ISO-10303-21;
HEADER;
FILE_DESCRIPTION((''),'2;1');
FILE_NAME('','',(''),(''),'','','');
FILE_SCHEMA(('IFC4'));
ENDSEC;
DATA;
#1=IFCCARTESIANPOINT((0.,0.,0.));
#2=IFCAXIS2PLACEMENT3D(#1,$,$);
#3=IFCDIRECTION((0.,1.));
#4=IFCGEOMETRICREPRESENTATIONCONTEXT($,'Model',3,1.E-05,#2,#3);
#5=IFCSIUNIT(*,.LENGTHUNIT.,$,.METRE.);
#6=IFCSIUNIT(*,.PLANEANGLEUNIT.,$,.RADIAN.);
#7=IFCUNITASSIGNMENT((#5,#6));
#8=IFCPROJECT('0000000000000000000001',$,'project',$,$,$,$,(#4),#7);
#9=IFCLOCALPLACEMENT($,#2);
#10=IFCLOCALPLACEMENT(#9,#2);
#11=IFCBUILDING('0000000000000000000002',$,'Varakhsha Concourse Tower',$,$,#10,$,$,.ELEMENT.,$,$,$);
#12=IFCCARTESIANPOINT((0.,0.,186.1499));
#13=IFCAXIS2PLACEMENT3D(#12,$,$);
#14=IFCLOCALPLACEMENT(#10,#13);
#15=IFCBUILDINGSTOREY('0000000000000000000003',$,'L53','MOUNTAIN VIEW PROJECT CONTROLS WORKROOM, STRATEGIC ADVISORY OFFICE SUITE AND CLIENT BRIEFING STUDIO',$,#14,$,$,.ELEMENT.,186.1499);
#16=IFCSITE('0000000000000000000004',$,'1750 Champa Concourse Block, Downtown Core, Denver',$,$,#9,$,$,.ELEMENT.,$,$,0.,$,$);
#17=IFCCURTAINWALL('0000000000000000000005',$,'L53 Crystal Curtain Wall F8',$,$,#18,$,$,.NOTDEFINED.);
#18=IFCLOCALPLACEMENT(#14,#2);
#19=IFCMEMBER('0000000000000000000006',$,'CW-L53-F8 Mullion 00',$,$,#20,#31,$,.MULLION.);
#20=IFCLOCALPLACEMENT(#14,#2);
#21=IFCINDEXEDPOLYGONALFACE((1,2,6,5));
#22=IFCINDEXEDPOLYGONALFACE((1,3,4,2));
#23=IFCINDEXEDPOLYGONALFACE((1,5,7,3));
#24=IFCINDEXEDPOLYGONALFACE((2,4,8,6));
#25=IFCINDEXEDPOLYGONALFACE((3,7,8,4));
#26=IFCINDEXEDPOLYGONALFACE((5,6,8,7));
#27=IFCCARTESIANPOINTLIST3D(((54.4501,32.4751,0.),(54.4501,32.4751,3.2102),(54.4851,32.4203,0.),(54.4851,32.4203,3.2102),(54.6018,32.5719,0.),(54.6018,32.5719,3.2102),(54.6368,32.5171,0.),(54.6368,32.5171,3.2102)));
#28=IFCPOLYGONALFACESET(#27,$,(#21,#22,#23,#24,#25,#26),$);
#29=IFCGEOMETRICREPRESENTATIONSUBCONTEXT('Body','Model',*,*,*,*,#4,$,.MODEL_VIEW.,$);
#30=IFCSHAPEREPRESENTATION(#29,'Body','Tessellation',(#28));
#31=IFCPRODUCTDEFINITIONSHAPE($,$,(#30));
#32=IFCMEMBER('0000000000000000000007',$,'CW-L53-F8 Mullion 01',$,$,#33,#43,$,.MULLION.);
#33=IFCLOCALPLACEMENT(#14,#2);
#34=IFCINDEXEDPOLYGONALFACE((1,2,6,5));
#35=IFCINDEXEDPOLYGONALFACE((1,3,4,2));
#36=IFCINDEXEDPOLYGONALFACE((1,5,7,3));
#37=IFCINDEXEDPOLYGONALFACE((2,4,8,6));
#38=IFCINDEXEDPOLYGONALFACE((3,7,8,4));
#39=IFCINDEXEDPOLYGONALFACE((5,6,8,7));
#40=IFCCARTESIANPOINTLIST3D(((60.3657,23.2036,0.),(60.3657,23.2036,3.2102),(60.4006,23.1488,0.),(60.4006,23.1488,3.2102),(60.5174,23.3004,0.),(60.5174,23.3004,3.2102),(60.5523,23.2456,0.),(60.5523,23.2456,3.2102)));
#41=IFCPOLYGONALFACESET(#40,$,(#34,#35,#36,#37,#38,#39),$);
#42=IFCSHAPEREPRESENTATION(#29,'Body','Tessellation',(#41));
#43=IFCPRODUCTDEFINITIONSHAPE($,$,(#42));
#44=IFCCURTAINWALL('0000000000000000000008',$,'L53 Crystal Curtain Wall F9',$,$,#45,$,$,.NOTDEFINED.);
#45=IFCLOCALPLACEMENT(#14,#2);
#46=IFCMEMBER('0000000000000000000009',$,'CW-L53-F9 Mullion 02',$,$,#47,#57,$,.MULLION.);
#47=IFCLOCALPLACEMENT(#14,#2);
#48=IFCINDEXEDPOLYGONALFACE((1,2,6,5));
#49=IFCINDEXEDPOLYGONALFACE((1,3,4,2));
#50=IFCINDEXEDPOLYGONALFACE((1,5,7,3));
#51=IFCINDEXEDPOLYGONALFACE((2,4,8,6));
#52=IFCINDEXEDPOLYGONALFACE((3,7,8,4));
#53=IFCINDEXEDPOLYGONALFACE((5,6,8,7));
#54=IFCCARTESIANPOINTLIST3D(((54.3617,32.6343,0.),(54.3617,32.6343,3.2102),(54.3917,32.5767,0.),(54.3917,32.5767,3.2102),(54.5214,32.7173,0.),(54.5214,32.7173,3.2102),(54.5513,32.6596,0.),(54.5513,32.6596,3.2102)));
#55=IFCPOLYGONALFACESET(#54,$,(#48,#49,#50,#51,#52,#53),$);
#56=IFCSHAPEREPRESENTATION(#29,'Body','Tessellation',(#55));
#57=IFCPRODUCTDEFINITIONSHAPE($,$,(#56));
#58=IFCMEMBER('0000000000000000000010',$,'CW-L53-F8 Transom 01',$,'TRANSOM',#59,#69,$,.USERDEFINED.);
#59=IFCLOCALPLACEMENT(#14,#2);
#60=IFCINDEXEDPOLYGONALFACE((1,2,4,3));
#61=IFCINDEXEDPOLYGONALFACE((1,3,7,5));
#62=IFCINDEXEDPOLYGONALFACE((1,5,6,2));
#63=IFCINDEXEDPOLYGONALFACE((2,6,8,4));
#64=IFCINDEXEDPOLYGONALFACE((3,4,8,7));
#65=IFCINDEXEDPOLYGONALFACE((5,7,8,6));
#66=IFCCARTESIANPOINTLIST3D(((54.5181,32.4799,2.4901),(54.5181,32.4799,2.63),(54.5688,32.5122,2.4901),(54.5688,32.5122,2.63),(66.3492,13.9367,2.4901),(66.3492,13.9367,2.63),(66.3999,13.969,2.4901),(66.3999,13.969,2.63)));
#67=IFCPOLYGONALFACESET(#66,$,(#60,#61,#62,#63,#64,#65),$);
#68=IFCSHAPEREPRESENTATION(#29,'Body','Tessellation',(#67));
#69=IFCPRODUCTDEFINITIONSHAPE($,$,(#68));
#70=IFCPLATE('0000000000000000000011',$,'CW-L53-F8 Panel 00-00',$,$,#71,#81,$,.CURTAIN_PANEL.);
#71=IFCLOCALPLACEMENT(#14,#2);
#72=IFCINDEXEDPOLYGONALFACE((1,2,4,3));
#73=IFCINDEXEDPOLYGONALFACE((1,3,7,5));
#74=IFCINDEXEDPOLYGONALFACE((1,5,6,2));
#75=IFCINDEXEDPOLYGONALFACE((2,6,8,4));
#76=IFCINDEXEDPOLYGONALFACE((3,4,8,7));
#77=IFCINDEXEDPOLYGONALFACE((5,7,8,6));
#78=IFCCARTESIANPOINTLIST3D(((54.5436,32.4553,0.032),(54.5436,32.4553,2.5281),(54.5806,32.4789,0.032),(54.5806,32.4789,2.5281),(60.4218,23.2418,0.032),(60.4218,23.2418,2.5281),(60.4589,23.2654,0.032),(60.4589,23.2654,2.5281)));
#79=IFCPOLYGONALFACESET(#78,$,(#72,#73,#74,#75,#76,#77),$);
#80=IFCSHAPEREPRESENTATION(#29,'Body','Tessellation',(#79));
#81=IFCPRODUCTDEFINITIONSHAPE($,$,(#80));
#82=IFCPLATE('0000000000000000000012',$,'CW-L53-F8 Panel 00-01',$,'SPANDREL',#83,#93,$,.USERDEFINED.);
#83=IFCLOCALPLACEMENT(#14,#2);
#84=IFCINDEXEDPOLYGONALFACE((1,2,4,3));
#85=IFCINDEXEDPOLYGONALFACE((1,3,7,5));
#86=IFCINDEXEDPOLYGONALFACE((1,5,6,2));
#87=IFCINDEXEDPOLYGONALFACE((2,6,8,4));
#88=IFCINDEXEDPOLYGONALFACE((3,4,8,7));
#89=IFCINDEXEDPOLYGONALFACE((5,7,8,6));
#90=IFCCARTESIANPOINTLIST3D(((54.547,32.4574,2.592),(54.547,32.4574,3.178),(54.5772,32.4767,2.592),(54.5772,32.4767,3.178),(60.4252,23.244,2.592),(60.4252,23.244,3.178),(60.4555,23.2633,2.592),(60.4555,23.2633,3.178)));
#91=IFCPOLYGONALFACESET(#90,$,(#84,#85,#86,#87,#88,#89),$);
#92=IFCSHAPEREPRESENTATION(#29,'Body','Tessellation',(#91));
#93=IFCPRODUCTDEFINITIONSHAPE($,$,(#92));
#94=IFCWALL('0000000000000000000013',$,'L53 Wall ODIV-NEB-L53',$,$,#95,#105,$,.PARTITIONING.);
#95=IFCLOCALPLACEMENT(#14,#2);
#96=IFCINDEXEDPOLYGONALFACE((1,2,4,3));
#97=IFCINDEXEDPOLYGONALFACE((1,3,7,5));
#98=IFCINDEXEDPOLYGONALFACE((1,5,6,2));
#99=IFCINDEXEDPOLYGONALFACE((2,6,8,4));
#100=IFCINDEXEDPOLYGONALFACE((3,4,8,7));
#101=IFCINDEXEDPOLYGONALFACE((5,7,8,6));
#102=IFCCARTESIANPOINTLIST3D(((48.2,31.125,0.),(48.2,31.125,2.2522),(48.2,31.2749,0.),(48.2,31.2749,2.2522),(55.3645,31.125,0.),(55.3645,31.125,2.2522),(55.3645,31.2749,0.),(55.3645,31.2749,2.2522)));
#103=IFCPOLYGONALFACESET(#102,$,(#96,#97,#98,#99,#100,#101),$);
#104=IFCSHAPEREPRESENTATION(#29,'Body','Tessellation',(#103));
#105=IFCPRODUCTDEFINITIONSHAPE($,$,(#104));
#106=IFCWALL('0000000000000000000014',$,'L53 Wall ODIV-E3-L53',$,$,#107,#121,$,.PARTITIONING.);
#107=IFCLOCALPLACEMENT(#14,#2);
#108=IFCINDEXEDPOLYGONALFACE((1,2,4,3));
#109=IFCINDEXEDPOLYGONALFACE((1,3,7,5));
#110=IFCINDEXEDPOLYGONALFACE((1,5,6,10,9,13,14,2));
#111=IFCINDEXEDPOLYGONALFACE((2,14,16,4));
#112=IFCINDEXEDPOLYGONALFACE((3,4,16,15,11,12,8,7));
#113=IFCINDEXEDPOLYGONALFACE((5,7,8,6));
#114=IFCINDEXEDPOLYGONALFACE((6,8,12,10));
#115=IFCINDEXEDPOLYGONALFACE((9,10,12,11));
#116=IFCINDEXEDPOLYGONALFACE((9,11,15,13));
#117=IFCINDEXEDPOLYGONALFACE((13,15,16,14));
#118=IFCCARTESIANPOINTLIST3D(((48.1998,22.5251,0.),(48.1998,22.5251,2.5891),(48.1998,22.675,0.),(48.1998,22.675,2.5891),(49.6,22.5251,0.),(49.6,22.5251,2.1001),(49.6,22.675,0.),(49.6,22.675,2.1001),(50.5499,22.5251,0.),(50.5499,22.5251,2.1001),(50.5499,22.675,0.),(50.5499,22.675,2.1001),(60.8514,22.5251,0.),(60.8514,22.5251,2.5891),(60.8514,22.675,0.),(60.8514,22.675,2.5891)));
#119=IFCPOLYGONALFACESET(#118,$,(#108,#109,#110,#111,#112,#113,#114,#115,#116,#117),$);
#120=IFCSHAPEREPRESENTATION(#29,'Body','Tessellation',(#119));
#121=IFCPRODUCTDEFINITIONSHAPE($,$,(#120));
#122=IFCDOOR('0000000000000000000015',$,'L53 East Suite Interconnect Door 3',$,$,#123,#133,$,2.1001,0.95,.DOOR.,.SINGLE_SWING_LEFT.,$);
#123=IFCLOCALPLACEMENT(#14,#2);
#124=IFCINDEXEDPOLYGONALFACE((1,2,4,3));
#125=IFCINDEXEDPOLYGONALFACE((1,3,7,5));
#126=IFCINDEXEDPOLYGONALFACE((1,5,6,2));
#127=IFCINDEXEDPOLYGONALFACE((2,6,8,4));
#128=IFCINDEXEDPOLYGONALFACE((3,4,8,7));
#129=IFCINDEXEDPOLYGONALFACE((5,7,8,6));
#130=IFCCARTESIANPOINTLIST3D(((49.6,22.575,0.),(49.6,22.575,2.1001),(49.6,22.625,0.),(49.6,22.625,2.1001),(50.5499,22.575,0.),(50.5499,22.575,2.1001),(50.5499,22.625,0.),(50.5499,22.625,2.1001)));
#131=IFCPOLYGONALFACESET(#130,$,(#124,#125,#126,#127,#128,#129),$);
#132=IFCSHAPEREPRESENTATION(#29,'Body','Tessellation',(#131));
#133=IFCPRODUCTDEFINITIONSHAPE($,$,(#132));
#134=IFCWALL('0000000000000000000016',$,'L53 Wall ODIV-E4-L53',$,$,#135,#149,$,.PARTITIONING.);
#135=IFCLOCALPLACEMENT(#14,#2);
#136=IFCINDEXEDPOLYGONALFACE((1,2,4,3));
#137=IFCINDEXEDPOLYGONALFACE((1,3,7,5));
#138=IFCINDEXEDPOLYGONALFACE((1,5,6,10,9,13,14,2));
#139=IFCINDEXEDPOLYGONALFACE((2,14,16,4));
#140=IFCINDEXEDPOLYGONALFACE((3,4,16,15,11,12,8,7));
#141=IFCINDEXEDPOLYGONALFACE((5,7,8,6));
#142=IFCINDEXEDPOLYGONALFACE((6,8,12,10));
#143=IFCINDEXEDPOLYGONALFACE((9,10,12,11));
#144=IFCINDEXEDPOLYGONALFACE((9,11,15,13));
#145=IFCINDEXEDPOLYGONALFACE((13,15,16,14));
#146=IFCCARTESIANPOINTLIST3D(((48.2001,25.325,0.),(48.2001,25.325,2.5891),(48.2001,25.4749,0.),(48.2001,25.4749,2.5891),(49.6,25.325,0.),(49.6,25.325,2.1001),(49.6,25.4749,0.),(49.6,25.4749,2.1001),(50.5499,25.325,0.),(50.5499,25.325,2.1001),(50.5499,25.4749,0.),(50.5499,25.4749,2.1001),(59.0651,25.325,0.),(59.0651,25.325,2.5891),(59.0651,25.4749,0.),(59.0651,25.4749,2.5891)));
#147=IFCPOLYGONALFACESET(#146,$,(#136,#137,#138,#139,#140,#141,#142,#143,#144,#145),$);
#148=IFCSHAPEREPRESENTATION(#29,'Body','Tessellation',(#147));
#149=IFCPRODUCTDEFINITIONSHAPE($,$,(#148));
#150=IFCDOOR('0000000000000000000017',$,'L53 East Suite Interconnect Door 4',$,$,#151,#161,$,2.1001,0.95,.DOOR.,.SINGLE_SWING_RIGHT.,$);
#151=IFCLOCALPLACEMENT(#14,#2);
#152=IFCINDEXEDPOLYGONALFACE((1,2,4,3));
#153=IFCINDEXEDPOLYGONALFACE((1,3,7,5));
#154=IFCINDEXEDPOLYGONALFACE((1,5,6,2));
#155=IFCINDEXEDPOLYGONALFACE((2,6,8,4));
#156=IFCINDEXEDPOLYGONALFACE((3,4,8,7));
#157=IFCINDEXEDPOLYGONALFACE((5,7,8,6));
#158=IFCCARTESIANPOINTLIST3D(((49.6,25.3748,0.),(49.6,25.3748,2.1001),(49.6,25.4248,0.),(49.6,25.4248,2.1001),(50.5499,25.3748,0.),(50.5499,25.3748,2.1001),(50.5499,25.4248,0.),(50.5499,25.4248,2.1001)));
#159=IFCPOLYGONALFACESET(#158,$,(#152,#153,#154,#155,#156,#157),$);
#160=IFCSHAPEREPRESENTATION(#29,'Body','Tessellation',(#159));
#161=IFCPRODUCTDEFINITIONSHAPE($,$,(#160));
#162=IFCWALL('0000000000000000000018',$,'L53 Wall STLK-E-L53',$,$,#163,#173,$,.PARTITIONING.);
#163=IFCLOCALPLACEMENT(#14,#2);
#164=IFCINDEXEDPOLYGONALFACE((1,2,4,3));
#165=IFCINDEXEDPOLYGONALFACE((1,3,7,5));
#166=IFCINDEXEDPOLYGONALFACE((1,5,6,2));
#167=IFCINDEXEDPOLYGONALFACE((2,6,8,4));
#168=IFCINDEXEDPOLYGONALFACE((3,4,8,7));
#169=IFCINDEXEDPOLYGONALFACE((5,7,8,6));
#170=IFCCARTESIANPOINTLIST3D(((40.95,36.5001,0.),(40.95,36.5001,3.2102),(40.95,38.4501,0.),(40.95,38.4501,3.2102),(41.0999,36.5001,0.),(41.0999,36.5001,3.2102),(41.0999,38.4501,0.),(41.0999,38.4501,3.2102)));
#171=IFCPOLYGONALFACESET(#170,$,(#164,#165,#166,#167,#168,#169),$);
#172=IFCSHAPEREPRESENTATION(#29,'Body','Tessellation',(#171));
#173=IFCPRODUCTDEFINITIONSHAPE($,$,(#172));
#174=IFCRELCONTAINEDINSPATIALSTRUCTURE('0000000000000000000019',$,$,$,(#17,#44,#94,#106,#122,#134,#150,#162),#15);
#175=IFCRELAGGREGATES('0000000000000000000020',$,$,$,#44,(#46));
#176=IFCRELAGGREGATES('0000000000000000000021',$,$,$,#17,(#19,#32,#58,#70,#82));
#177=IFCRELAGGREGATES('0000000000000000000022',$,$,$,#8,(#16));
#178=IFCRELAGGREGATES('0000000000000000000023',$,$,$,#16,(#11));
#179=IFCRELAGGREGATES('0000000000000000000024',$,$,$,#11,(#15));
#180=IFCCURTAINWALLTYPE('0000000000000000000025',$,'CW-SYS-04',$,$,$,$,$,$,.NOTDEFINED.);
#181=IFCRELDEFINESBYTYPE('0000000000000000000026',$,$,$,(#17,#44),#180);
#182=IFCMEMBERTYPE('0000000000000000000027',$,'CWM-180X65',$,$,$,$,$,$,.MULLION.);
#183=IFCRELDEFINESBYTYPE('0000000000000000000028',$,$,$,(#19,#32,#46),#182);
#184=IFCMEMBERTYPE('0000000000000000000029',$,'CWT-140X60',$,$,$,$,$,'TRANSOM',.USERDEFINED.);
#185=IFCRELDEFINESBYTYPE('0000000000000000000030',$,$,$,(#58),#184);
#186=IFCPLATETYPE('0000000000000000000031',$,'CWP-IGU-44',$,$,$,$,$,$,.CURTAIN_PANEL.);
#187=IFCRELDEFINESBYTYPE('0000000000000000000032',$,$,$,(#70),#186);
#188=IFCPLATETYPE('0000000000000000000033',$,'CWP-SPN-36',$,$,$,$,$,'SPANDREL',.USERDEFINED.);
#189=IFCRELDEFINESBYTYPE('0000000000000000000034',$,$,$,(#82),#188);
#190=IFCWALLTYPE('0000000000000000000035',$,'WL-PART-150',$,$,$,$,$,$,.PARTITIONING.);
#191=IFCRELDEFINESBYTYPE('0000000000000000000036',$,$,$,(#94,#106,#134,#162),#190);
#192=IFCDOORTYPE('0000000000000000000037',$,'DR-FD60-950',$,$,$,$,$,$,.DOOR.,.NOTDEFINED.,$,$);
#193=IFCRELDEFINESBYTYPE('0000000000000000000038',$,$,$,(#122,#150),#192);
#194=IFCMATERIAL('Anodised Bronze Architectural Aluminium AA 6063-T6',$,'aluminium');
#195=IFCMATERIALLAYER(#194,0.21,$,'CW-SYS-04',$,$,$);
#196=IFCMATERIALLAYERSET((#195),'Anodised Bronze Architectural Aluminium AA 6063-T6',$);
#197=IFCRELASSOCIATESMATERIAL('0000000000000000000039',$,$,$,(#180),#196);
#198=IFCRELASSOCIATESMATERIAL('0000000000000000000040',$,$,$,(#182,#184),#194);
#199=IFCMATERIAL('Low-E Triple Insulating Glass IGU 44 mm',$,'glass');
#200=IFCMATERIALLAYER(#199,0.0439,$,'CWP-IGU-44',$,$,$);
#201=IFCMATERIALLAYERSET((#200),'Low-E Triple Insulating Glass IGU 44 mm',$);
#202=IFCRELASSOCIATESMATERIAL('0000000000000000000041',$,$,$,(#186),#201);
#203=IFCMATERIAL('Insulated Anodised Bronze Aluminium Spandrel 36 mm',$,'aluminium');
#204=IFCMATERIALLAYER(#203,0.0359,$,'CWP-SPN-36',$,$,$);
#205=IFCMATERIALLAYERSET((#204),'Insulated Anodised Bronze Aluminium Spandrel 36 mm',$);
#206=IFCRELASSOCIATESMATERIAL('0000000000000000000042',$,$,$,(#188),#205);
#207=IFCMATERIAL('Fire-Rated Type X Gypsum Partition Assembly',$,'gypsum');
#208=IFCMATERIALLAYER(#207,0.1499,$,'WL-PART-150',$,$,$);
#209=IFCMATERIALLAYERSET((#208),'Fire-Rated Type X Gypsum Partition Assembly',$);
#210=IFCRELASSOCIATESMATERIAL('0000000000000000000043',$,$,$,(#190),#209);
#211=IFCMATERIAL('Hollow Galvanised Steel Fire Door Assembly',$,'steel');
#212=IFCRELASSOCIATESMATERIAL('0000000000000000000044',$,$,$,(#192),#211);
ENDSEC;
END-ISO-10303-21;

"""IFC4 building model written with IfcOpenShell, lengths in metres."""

from ifc_helpers import new_model, si_unit, direction, frame, frame_2d, origin, origin_2d, place, context, subcontext, project, spatial, rectangle, extrude, source, transform, mapped, material, layer, layer_set, material_profile, profile_set, type_object, type_shapes, element, fill, aggregate, save


model = new_model("IFC4")

# Units and contexts
model_context = context("Model", 3, precision=1e-05, world=origin(), true_north=direction((0.0, 1.0)))
body_context = subcontext(model_context, "Body", "Model", "MODEL_VIEW")
ifc_project = project(units=[si_unit("LENGTHUNIT", "METRE"), si_unit("PLANEANGLEUNIT", "RADIAN")], contexts=[model_context])

# Site, building, storey
site_placement = place(None, origin())
site = spatial("IfcSite", under=ifc_project, at=site_placement, Name="1750 Champa Concourse Block, Downtown Core, Denver", CompositionType="ELEMENT", RefElevation=0.0)
building_placement = place(site_placement, origin())
building = spatial("IfcBuilding", under=site, at=building_placement, Name="Varakhsha Concourse Tower", CompositionType="ELEMENT")
storey_placement = place(building_placement, frame((0.0, 0.0, 186.1499)))
storey = spatial("IfcBuildingStorey", under=building, at=storey_placement, Name="L53", Description="MOUNTAIN VIEW PROJECT CONTROLS WORKROOM, STRATEGIC ADVISORY OFFICE SUITE AND CLIENT BRIEFING STUDIO", CompositionType="ELEMENT", Elevation=186.1499)

# Curtain wall, members
ifc_material_1 = material(Name="Anodised Bronze Architectural Aluminium AA 6063-T6", Category="aluminium")
ifc_layer_1 = layer(ifc_material_1, 0.21, Name="CW-SYS-04")
ifc_layer_set_1 = layer_set([ifc_layer_1], Name="Anodised Bronze Architectural Aluminium AA 6063-T6")
curtain_wall_type = type_object("IfcCurtainWallType", Name="CW-SYS-04", PredefinedType="NOTDEFINED", material=ifc_layer_set_1)
curtain_wall_1_placement = place(storey_placement, origin())
curtain_wall_1 = element("IfcCurtainWall", 1, at=curtain_wall_1_placement, inside=storey, type_object=curtain_wall_type, Name="L53 Crystal Curtain Wall F8", PredefinedType="NOTDEFINED")
ifc_material_profile_1 = material_profile(ifc_material_1, rectangle(XDim=0.0649, YDim=0.1799, at=origin_2d()), Name="CWM-180X65")
ifc_profile_set_1 = profile_set([ifc_material_profile_1], Name="Anodised Bronze Architectural Aluminium AA 6063-T6")
member_type_1 = type_object("IfcMemberType", Name="CWM-180X65", PredefinedType="MULLION", material=ifc_profile_set_1)
shared_shape_1 = source(origin(), body_context, "Body", "SweptSolid", [
    extrude(rectangle(XDim=0.0649, YDim=0.1799, at=origin_2d()), origin(), (0.0, 0.0, 1.0), 3.2102),
])
type_shapes(member_type_1, [shared_shape_1])
member_1_placement = place(storey_placement, frame((54.5435, 32.4961, 0.0), z_axis=(0.0, 0.0, 1.0), x_axis=(0.537863, -0.843032, 0.0)))
member_1 = element("IfcMember", 2, at=member_1_placement, type_object=member_type_1, Name="CW-L53-F8 Mullion 00", PredefinedType="MULLION", context=body_context, shape_type="MappedRepresentation", body=[
    mapped(shared_shape_1, transform((0.0, 0.0, 0.0), scale=1.0)),
])
member_2_placement = place(storey_placement, frame((60.459, 23.2246, 0.0), z_axis=(0.0, 0.0, 1.0), x_axis=(0.537863, -0.843032, 0.0)))
member_2 = element("IfcMember", 3, at=member_2_placement, type_object=member_type_1, Name="CW-L53-F8 Mullion 01", PredefinedType="MULLION", context=body_context, shape_type="MappedRepresentation", body=[
    mapped(shared_shape_1, transform((0.0, 0.0, 0.0), scale=1.0)),
])

# Curtain wall, member
curtain_wall_2_placement = place(storey_placement, origin())
curtain_wall_2 = element("IfcCurtainWall", 4, at=curtain_wall_2_placement, inside=storey, type_object=curtain_wall_type, Name="L53 Crystal Curtain Wall F9", PredefinedType="NOTDEFINED")
member_3_placement = place(storey_placement, frame((54.4565, 32.647, 0.0), z_axis=(0.0, 0.0, 1.0), x_axis=(0.461156, -0.887319, 0.0)))
member_3 = element("IfcMember", 5, at=member_3_placement, type_object=member_type_1, Name="CW-L53-F9 Mullion 02", PredefinedType="MULLION", context=body_context, shape_type="MappedRepresentation", body=[
    mapped(shared_shape_1, transform((0.0, 0.0, 0.0), scale=1.0)),
])
aggregate(curtain_wall_2, [member_3])

# Member
ifc_material_profile_2 = material_profile(ifc_material_1, rectangle(XDim=0.0601, YDim=0.1399, at=origin_2d()), Name="CWT-140X60")
ifc_profile_set_2 = profile_set([ifc_material_profile_2], Name="Anodised Bronze Architectural Aluminium AA 6063-T6")
member_type_2 = type_object("IfcMemberType", Name="CWT-140X60", ElementType="TRANSOM", PredefinedType="USERDEFINED", material=ifc_profile_set_2)
shared_shape_2 = source(origin(), body_context, "Body", "SweptSolid", [
    extrude(rectangle(XDim=0.0601, YDim=0.1399, at=origin_2d()), origin(), (0.0, 0.0, 1.0), 21.9961),
])
type_shapes(member_type_2, [shared_shape_2])
member_4_placement = place(storey_placement, frame((54.5435, 32.4961, 2.5601), z_axis=(0.537873, -0.843026, 0.0), x_axis=(0.843026, 0.537873, 0.0)))
member_4 = element("IfcMember", 6, at=member_4_placement, type_object=member_type_2, Name="CW-L53-F8 Transom 01", ObjectType="TRANSOM", PredefinedType="USERDEFINED", context=body_context, shape_type="MappedRepresentation", body=[
    mapped(shared_shape_2, transform((0.0, 0.0, 0.0), scale=1.0)),
])

# Plates
ifc_material_2 = material(Name="Low-E Triple Insulating Glass IGU 44 mm", Category="glass")
ifc_layer_2 = layer(ifc_material_2, 0.0439, Name="CWP-IGU-44")
ifc_layer_set_2 = layer_set([ifc_layer_2], Name="Low-E Triple Insulating Glass IGU 44 mm")
plate_type_1 = type_object("IfcPlateType", Name="CWP-IGU-44", PredefinedType="CURTAIN_PANEL", material=ifc_layer_set_2)
shared_shape_3 = source(origin(), body_context, "Body", "SweptSolid", [
    extrude(rectangle(XDim=10.929, YDim=0.0439, at=origin_2d()), origin(), (0.0, 0.0, 1.0), 2.4961),
])
type_shapes(plate_type_1, [shared_shape_3])
plate_1_placement = place(storey_placement, frame((57.5012, 27.8604, 0.032), z_axis=(0.0, 0.0, 1.0), x_axis=(0.537863, -0.843032, 0.0)))
plate_1 = element("IfcPlate", 7, at=plate_1_placement, type_object=plate_type_1, Name="CW-L53-F8 Panel 00-00", PredefinedType="CURTAIN_PANEL", context=body_context, shape_type="MappedRepresentation", body=[
    mapped(shared_shape_3, transform((0.0, 0.0, 0.0), scale=1.0)),
])
ifc_material_3 = material(Name="Insulated Anodised Bronze Aluminium Spandrel 36 mm", Category="aluminium")
ifc_layer_3 = layer(ifc_material_3, 0.0359, Name="CWP-SPN-36")
ifc_layer_set_3 = layer_set([ifc_layer_3], Name="Insulated Anodised Bronze Aluminium Spandrel 36 mm")
plate_type_2 = type_object("IfcPlateType", Name="CWP-SPN-36", ElementType="SPANDREL", PredefinedType="USERDEFINED", material=ifc_layer_set_3)
shared_shape_4 = source(origin(), body_context, "Body", "SweptSolid", [
    extrude(rectangle(XDim=10.929, YDim=0.0359, at=origin_2d()), origin(), (0.0, 0.0, 1.0), 0.5859),
])
type_shapes(plate_type_2, [shared_shape_4])
plate_2_placement = place(storey_placement, frame((57.5012, 27.8604, 2.592), z_axis=(0.0, 0.0, 1.0), x_axis=(0.537863, -0.843032, 0.0)))
plate_2 = element("IfcPlate", 8, at=plate_2_placement, type_object=plate_type_2, Name="CW-L53-F8 Panel 00-01", ObjectType="SPANDREL", PredefinedType="USERDEFINED", context=body_context, shape_type="MappedRepresentation", body=[
    mapped(shared_shape_4, transform((0.0, 0.0, 0.0), scale=1.0)),
])
aggregate(curtain_wall_1, [member_1, member_2, member_4, plate_1, plate_2])

# Wall
ifc_material_4 = material(Name="Fire-Rated Type X Gypsum Partition Assembly", Category="gypsum")
ifc_layer_4 = layer(ifc_material_4, 0.1499, Name="WL-PART-150")
ifc_layer_set_4 = layer_set([ifc_layer_4], Name="Fire-Rated Type X Gypsum Partition Assembly")
wall_type_1 = type_object("IfcWallType", Name="WL-PART-150", PredefinedType="PARTITIONING", material=ifc_layer_set_4)
wall_1_placement = place(storey_placement, frame((48.2, 31.2, 0.0), z_axis=(0.0, 0.0, 1.0), x_axis=(1.0, 0.0, 0.0)))
element("IfcWall", 9, at=wall_1_placement, inside=storey, type_object=wall_type_1, Name="L53 Wall ODIV-NEB-L53", PredefinedType="PARTITIONING", context=body_context, shape_type="SweptSolid", body=[
    extrude(rectangle(XDim=7.1646, YDim=0.1499, at=frame_2d((3.5823, 0.0))), origin(), (0.0, 0.0, 1.0), 2.2522),
])

# Walls, openings, doors
wall_2_placement = place(storey_placement, frame((48.2, 22.6001, 0.0), z_axis=(0.0, 0.0, 1.0), x_axis=(1.0, 0.0, 0.0)))
wall_2 = element("IfcWall", 10, at=wall_2_placement, inside=storey, type_object=wall_type_1, Name="L53 Wall ODIV-E3-L53", PredefinedType="PARTITIONING", context=body_context, shape_type="SweptSolid", body=[
    extrude(rectangle(XDim=12.6516, YDim=0.1499, at=frame_2d((6.3257, 0.0))), origin(), (0.0, 0.0, 1.0), 2.5891),
])
opening_1_placement = place(wall_2_placement, frame((1.3999, 0.0, 0.0)))
opening_1 = element("IfcOpeningElement", 11, at=opening_1_placement, cuts=wall_2, PredefinedType="OPENING", context=body_context, shape_type="SweptSolid", body=[
    extrude(rectangle(XDim=0.95, YDim=2.1001, at=frame_2d((0.4751, 1.05))), frame((0.0, 0.085, 0.0), z_axis=(0.0, -1.0, 0.0), x_axis=(1.0, 0.0, 0.0)), (0.0, 0.0, 1.0), 0.1699),
])
ifc_material_5 = material(Name="Hollow Galvanised Steel Fire Door Assembly", Category="steel")
door_type = type_object("IfcDoorType", Name="DR-FD60-950", OperationType="NOTDEFINED", PredefinedType="DOOR", material=ifc_material_5)
door_1_placement = place(opening_1_placement, origin())
door_1 = element("IfcDoor", 12, at=door_1_placement, inside=storey, type_object=door_type, Name="L53 East Suite Interconnect Door 3", OperationType="SINGLE_SWING_LEFT", OverallHeight=2.1001, OverallWidth=0.95, PredefinedType="DOOR", context=body_context, shape_type="SweptSolid", body=[
    extrude(rectangle(XDim=0.95, YDim=2.1001, at=frame_2d((0.4751, 1.05))), frame((0.0, 0.0249, 0.0), z_axis=(0.0, -1.0, 0.0), x_axis=(1.0, 0.0, 0.0)), (0.0, 0.0, 1.0), 0.05),
])
fill(opening_1, door_1)
wall_3_placement = place(storey_placement, frame((48.2, 25.3999, 0.0), z_axis=(0.0, 0.0, 1.0), x_axis=(1.0, 0.0, 0.0)))
wall_3 = element("IfcWall", 13, at=wall_3_placement, inside=storey, type_object=wall_type_1, Name="L53 Wall ODIV-E4-L53", PredefinedType="PARTITIONING", context=body_context, shape_type="SweptSolid", body=[
    extrude(rectangle(XDim=10.865, YDim=0.1499, at=frame_2d((5.4326, 0.0))), origin(), (0.0, 0.0, 1.0), 2.5891),
])
opening_2_placement = place(wall_3_placement, frame((1.3999, 0.0, 0.0)))
opening_2 = element("IfcOpeningElement", 14, at=opening_2_placement, cuts=wall_3, PredefinedType="OPENING", context=body_context, shape_type="SweptSolid", body=[
    extrude(rectangle(XDim=0.95, YDim=2.1001, at=frame_2d((0.4751, 1.05))), frame((0.0, 0.085, 0.0), z_axis=(0.0, -1.0, 0.0), x_axis=(1.0, 0.0, 0.0)), (0.0, 0.0, 1.0), 0.1699),
])
door_2_placement = place(opening_2_placement, origin())
door_2 = element("IfcDoor", 15, at=door_2_placement, inside=storey, type_object=door_type, Name="L53 East Suite Interconnect Door 4", OperationType="SINGLE_SWING_RIGHT", OverallHeight=2.1001, OverallWidth=0.95, PredefinedType="DOOR", context=body_context, shape_type="SweptSolid", body=[
    extrude(rectangle(XDim=0.95, YDim=2.1001, at=frame_2d((0.4751, 1.05))), frame((0.0, 0.0249, 0.0), z_axis=(0.0, -1.0, 0.0), x_axis=(1.0, 0.0, 0.0)), (0.0, 0.0, 1.0), 0.05),
])
fill(opening_2, door_2)

# Wall
wall_4_placement = place(storey_placement, frame((41.0249, 36.5, 0.0), z_axis=(0.0, 0.0, 1.0), x_axis=(0.0, 1.0, 0.0)))
element("IfcWall", 16, at=wall_4_placement, inside=storey, type_object=wall_type_1, Name="L53 Wall STLK-E-L53", PredefinedType="PARTITIONING", context=body_context, shape_type="SweptSolid", body=[
    extrude(rectangle(XDim=1.95, YDim=0.1499, at=frame_2d((0.9751, 0.0))), origin(), (0.0, 0.0, 1.0), 3.2102),
])

save(model, "model.ifc")
